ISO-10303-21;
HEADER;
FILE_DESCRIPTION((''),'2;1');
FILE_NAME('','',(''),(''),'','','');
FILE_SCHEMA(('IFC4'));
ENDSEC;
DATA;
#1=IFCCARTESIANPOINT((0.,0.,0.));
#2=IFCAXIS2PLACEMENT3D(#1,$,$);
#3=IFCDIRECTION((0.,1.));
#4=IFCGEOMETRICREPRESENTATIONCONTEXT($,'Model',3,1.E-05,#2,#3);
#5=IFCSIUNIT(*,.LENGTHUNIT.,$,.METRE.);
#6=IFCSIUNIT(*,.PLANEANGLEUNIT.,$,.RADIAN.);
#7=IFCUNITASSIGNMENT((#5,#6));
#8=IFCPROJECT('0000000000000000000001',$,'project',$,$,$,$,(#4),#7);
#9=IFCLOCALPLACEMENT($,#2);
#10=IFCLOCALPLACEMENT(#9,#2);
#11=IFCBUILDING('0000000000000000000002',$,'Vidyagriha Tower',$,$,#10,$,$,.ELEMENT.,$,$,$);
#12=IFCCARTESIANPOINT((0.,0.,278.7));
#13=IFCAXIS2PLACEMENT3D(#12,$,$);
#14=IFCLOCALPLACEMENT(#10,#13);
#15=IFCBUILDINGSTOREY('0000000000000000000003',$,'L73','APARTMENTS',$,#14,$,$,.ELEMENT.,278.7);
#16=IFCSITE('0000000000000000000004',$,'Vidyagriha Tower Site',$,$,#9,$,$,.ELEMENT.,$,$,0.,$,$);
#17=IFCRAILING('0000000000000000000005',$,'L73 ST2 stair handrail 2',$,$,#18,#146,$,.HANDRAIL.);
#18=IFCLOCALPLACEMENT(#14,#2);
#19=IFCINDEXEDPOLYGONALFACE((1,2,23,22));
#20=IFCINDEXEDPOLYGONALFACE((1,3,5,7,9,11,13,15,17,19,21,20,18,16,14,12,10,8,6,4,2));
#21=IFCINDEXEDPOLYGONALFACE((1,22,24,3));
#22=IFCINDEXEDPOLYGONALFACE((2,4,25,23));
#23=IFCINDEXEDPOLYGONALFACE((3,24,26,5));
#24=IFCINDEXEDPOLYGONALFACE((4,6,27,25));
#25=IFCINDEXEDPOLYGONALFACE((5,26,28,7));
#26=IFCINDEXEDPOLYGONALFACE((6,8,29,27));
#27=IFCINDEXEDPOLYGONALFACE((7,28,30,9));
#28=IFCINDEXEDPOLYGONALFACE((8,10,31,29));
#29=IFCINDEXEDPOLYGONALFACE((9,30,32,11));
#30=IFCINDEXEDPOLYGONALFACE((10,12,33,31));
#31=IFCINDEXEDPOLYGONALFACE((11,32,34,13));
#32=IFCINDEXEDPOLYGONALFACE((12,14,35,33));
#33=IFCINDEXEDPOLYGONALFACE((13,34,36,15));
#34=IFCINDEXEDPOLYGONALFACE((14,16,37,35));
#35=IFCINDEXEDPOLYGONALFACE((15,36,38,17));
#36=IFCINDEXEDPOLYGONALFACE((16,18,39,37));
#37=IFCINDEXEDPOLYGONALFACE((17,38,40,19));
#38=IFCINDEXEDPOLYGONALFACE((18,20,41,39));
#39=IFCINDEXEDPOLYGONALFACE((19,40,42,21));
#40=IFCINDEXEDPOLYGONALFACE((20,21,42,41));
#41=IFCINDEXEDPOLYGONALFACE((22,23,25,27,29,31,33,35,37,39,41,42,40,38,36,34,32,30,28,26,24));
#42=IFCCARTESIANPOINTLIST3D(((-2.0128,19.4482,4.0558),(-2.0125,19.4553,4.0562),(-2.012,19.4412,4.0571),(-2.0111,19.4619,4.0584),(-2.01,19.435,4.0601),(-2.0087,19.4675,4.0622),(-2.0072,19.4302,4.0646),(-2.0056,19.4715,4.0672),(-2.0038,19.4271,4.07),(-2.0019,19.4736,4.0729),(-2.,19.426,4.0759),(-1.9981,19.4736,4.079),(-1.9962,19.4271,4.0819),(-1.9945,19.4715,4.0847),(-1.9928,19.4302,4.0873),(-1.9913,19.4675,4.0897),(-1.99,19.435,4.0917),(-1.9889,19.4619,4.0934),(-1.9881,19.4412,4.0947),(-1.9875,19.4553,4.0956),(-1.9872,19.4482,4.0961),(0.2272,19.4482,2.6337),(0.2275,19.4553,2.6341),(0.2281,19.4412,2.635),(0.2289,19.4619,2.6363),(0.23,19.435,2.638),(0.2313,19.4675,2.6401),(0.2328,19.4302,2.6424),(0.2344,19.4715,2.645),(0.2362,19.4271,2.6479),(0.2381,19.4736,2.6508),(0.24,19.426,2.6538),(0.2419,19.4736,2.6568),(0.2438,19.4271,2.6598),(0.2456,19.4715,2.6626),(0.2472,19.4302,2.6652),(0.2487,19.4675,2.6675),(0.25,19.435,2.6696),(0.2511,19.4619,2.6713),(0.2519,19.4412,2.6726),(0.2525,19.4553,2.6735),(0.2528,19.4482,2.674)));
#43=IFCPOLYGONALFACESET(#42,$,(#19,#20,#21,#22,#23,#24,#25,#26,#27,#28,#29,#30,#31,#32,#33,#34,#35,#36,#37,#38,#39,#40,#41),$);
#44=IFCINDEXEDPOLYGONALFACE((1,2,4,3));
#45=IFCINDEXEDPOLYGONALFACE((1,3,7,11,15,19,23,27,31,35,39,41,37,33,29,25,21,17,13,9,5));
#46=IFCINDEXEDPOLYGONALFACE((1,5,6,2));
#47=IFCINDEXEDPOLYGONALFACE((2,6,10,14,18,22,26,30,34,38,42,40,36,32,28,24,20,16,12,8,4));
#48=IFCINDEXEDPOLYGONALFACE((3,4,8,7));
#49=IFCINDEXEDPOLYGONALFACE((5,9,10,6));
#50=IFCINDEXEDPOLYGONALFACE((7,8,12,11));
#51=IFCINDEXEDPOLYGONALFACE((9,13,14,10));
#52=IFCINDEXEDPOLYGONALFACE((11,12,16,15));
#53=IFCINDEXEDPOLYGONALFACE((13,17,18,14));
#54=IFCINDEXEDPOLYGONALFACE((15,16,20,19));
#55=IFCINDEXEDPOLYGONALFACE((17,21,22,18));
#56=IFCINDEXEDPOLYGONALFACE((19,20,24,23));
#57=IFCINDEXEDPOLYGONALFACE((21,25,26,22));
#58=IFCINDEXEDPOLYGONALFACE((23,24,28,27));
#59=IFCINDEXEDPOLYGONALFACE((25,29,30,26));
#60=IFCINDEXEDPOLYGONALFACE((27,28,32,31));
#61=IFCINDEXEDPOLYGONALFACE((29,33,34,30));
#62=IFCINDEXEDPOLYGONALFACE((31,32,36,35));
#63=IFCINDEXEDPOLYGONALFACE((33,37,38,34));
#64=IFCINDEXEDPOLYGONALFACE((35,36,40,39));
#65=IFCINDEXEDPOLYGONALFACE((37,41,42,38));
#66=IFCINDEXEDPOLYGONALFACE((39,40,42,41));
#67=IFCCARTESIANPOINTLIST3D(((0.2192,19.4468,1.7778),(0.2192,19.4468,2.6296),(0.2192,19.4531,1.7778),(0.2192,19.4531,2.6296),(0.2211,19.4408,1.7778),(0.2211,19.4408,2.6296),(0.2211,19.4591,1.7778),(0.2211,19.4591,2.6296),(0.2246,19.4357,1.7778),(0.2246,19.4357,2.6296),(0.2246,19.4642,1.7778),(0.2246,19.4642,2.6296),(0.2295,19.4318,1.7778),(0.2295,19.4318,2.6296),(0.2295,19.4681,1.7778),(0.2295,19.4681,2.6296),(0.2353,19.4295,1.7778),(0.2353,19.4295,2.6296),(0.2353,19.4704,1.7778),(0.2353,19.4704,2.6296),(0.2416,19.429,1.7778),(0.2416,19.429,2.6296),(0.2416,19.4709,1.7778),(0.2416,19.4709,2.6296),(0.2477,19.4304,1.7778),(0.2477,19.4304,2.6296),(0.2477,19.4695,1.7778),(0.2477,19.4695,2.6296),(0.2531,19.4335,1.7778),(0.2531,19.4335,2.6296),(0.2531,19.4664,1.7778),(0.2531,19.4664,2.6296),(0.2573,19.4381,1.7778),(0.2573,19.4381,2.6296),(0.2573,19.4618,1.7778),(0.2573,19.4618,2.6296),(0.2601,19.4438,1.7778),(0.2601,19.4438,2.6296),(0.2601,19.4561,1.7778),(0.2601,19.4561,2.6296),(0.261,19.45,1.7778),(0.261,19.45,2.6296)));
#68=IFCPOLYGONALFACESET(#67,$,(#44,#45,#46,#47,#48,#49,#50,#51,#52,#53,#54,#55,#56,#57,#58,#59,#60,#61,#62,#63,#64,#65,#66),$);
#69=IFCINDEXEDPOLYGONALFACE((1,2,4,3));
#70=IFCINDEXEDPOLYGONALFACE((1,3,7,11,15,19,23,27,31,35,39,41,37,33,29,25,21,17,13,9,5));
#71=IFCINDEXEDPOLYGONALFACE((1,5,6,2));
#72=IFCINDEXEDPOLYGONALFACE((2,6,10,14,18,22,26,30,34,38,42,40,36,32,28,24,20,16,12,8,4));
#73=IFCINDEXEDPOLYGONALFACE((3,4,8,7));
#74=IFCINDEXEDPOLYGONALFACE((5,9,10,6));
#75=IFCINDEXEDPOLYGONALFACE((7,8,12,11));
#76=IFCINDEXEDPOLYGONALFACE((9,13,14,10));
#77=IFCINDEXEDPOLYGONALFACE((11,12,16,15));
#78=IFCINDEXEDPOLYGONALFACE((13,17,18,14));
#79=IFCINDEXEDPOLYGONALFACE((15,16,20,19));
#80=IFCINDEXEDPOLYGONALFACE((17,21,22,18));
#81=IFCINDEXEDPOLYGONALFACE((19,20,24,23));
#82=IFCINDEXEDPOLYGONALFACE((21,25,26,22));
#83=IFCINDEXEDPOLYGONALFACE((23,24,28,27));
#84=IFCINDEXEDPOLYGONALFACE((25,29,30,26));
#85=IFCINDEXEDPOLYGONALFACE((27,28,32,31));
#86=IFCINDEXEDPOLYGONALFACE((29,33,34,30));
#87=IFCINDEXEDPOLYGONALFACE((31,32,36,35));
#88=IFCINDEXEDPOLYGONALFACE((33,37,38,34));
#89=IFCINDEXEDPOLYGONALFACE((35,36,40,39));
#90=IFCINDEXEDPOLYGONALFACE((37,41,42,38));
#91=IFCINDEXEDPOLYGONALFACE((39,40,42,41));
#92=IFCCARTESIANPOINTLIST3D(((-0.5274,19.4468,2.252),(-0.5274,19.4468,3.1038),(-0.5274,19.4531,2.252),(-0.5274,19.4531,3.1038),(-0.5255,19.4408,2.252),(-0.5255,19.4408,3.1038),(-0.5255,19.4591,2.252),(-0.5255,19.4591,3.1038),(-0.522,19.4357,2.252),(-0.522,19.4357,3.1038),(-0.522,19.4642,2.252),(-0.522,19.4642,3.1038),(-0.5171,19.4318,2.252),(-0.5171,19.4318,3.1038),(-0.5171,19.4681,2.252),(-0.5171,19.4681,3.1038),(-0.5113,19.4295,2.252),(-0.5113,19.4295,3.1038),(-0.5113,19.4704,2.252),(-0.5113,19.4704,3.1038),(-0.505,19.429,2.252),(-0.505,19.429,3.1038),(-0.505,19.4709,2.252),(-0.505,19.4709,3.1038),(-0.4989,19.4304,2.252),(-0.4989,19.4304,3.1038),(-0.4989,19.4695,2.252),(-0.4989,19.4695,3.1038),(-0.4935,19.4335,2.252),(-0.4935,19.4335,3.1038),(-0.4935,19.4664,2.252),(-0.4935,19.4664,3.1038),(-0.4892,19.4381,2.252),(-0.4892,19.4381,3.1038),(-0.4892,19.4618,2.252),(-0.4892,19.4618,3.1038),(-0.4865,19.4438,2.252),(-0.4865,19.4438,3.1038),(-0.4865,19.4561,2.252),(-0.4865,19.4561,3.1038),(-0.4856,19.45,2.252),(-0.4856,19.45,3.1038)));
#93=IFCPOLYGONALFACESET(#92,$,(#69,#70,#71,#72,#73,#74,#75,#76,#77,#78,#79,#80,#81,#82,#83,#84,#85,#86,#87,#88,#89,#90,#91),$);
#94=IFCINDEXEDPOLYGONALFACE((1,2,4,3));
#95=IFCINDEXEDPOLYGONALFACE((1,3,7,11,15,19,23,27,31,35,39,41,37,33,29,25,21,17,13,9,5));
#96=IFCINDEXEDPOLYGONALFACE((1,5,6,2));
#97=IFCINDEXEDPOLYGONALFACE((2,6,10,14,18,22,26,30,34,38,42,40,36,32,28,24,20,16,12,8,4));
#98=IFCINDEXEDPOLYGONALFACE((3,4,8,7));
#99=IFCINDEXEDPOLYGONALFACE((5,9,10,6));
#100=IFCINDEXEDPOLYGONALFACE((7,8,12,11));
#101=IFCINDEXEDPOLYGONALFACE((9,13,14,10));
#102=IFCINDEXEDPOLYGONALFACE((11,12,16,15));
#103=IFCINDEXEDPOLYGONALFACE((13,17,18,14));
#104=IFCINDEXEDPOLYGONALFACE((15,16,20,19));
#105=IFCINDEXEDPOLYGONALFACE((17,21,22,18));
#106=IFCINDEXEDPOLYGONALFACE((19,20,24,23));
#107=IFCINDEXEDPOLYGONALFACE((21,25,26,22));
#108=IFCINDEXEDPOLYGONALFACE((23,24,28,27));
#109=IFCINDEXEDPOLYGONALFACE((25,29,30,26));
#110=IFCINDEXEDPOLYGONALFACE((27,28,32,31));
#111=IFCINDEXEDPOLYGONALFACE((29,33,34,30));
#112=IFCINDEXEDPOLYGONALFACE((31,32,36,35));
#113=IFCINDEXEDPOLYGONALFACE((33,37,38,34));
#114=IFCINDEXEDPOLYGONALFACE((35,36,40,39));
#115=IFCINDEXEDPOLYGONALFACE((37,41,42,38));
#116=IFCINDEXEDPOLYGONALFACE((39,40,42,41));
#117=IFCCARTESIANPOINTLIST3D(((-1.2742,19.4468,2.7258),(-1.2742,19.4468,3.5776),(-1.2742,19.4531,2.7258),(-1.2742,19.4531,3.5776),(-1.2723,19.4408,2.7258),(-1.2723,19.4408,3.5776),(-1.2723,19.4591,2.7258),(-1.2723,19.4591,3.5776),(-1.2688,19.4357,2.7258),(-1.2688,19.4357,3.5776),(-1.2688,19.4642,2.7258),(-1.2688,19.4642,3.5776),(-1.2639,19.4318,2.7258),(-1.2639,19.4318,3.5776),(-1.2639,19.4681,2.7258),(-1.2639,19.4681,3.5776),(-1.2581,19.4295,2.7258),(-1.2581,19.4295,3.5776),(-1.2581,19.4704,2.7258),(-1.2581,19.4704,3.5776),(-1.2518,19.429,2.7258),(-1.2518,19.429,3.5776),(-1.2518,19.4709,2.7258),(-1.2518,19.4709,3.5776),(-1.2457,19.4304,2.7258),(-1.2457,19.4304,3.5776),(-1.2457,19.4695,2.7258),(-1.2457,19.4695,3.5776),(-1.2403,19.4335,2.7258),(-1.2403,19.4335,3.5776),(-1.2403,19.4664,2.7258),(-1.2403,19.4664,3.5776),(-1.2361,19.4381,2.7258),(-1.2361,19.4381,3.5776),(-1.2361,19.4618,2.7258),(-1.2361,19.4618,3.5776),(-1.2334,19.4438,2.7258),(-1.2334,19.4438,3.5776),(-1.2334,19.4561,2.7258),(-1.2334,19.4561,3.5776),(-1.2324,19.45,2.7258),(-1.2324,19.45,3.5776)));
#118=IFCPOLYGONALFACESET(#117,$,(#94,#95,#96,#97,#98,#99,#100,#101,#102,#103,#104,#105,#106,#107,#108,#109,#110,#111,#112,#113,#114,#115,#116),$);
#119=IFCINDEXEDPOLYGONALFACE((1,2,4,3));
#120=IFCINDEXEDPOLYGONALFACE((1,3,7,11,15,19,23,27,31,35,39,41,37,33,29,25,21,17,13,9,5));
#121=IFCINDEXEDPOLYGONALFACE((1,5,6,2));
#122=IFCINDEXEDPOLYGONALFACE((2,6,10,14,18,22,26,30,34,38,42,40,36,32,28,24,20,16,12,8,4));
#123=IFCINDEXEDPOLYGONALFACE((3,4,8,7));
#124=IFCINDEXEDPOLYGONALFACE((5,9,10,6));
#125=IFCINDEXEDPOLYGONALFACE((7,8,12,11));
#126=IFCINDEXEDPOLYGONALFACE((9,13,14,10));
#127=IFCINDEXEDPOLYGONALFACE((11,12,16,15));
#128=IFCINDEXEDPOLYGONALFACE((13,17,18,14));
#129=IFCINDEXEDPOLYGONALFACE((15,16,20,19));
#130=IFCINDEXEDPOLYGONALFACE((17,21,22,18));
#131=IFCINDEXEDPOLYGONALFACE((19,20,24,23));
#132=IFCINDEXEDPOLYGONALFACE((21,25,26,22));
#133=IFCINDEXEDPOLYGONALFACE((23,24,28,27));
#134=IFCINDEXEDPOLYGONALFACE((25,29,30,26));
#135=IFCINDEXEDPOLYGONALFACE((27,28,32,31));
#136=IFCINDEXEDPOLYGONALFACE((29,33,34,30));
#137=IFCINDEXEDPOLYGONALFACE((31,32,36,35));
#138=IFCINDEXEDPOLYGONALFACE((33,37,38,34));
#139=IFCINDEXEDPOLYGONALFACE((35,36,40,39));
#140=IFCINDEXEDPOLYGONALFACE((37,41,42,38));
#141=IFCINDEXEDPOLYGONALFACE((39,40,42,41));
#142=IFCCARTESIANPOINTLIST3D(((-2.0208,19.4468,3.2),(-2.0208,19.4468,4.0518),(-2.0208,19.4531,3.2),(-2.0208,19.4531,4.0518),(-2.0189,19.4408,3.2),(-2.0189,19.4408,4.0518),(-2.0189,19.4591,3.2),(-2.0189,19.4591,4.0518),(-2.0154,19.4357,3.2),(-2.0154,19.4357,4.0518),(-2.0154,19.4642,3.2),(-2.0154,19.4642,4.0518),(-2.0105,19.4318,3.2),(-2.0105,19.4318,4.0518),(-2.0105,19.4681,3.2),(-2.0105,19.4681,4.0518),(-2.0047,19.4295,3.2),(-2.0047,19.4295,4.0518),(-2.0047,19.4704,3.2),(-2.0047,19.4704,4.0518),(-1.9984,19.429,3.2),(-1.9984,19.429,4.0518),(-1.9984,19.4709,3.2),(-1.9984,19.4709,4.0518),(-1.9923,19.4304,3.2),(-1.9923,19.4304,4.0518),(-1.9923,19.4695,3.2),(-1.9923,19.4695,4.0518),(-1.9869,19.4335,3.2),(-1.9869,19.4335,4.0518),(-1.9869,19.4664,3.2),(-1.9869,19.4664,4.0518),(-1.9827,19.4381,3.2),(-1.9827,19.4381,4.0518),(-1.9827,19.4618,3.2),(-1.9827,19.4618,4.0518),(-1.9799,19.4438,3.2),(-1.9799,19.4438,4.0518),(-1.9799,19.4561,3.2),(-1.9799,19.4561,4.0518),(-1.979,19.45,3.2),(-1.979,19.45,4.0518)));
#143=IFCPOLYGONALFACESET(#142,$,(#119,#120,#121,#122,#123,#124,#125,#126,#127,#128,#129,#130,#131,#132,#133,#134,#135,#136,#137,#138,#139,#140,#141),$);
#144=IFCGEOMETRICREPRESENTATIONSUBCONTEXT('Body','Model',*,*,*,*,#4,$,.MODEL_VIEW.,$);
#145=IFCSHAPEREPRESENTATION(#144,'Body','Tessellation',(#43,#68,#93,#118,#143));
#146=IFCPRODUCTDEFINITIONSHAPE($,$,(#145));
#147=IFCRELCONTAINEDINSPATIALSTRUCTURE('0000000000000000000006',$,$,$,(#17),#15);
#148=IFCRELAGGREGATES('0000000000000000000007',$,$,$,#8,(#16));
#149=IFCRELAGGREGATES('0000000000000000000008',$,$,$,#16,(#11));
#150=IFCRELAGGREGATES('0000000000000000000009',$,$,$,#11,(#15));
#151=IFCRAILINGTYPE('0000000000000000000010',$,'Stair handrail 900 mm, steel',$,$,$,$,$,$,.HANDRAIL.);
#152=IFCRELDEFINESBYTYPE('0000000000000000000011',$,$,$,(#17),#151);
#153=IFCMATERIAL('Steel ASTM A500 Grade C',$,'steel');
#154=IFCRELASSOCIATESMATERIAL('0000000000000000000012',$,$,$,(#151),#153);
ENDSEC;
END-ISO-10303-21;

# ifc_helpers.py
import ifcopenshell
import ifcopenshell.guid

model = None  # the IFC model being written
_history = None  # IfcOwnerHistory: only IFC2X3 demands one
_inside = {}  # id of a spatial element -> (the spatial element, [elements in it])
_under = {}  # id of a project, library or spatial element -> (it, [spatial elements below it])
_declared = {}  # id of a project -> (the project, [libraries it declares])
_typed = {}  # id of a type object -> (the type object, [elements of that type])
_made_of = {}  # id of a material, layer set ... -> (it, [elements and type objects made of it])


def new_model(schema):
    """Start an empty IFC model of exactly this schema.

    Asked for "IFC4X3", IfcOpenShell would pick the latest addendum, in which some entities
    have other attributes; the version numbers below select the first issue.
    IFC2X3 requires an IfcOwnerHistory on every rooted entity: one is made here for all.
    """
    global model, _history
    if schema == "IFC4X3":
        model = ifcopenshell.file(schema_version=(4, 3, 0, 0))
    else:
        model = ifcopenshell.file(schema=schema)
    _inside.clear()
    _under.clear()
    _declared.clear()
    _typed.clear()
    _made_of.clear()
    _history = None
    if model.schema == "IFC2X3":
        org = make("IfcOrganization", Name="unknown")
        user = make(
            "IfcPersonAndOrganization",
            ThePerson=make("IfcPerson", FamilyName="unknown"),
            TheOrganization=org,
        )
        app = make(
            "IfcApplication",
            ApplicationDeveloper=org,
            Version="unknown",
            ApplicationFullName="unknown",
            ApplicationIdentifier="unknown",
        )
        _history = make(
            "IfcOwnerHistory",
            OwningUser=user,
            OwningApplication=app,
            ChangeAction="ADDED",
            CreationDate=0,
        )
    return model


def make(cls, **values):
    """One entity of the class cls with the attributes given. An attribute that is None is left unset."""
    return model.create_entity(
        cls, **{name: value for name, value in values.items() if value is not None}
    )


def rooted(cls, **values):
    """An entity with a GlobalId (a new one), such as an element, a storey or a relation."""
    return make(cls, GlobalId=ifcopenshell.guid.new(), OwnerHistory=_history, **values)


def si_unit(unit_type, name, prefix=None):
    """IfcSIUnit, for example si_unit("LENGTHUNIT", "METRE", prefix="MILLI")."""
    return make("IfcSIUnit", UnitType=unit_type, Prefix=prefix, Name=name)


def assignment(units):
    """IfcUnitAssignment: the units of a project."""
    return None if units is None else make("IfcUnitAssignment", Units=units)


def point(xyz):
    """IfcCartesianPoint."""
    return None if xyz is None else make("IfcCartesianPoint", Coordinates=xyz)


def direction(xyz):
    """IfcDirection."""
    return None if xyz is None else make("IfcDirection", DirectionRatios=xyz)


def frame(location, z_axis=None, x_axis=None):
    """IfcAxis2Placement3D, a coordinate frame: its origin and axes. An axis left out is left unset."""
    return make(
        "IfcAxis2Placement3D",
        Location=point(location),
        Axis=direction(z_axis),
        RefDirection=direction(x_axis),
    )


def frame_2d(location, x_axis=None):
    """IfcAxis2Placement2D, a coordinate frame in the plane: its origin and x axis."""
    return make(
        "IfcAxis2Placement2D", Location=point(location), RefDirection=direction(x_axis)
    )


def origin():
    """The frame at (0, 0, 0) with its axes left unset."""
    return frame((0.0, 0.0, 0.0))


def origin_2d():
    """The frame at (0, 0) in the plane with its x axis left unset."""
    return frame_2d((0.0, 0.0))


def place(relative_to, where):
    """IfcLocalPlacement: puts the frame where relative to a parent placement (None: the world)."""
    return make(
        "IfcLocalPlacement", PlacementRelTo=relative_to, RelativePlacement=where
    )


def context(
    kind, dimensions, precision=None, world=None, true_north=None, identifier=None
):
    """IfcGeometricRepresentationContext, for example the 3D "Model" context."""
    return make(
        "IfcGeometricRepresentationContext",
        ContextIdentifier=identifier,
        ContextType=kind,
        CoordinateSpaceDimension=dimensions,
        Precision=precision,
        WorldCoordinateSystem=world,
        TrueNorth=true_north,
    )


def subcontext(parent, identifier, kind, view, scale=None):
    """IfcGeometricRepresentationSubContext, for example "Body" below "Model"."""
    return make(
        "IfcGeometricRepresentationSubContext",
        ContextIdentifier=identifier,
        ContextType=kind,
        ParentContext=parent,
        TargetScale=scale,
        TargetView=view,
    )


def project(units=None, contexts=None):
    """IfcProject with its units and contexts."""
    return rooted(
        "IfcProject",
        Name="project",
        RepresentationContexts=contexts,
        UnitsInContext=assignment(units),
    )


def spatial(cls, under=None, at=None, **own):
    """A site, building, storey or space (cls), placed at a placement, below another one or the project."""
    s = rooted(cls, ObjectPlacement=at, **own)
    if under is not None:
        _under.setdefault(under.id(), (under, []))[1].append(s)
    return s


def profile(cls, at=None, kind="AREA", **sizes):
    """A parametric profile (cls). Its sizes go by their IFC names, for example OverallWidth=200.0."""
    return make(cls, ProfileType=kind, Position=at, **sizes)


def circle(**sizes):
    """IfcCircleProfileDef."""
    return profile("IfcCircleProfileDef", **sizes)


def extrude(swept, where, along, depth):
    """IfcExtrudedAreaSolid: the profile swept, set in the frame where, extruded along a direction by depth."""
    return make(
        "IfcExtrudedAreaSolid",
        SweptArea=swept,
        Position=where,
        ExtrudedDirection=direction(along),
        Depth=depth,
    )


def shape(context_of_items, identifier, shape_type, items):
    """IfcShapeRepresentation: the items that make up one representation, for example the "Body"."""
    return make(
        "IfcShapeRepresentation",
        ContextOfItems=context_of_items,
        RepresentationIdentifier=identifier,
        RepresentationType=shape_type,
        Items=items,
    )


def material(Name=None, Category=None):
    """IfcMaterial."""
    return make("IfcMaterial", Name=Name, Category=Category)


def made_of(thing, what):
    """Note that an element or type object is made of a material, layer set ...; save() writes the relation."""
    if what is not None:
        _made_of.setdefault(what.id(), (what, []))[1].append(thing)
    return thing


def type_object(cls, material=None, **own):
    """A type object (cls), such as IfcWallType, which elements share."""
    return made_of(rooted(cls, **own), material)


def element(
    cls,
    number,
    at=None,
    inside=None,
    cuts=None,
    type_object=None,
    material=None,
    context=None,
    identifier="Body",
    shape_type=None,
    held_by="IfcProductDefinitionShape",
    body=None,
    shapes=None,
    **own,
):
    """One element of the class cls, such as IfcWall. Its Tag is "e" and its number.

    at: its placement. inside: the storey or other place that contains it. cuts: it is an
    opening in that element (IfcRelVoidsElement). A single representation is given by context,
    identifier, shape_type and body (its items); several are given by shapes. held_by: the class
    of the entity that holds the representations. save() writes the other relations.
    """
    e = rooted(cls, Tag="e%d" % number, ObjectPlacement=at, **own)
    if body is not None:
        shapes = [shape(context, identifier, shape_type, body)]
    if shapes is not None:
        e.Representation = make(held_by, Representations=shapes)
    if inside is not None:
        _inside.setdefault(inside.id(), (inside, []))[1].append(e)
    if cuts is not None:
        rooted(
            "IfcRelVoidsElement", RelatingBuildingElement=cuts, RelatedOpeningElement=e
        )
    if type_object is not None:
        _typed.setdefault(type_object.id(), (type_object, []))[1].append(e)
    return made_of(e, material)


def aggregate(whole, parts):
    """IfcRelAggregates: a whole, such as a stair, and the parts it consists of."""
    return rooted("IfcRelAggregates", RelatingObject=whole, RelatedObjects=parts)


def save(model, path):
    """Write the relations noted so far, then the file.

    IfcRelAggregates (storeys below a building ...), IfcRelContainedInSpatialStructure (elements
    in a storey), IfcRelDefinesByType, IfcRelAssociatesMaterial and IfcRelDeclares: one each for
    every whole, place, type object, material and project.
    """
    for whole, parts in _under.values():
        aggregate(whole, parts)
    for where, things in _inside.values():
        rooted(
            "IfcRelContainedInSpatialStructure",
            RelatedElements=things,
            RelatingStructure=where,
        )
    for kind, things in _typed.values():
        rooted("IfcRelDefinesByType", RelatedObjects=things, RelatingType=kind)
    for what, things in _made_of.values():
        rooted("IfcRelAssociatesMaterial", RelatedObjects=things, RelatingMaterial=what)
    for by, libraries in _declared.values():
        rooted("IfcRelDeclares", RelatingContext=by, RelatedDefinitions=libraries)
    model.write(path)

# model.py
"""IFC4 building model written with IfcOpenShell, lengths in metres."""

from ifc_helpers import new_model, si_unit, direction, frame, origin, origin_2d, place, context, subcontext, project, spatial, circle, extrude, material, type_object, element, save


model = new_model("IFC4")

# Units and contexts
model_context = context("Model", 3, precision=1e-05, world=origin(), true_north=direction((0.0, 1.0)))
body_context = subcontext(model_context, "Body", "Model", "MODEL_VIEW")
ifc_project = project(units=[si_unit("LENGTHUNIT", "METRE"), si_unit("PLANEANGLEUNIT", "RADIAN")], contexts=[model_context])

# Site, building, storey
site_placement = place(None, origin())
site = spatial("IfcSite", under=ifc_project, at=site_placement, Name="Vidyagriha Tower Site", CompositionType="ELEMENT", RefElevation=0.0)
building_placement = place(site_placement, origin())
building = spatial("IfcBuilding", under=site, at=building_placement, Name="Vidyagriha Tower", CompositionType="ELEMENT")
storey_placement = place(building_placement, frame((0.0, 0.0, 278.7)))
storey = spatial("IfcBuildingStorey", under=building, at=storey_placement, Name="L73", Description="APARTMENTS", CompositionType="ELEMENT", Elevation=278.7)

# Railing
ifc_material_1 = material(Name="Steel ASTM A500 Grade C", Category="steel")
railing_type_1 = type_object("IfcRailingType", Name="Stair handrail 900 mm, steel", PredefinedType="HANDRAIL", material=ifc_material_1)
for number, where, name in (
    (1, (0.24, 19.45, 1.7778), "L73 ST2 stair handrail 2"),
):
    element("IfcRailing", number, at=place(storey_placement, frame(where)), inside=storey, type_object=railing_type_1, Name=name, PredefinedType="HANDRAIL", context=body_context, shape_type="SweptSolid", body=[
        extrude(circle(Radius=0.0239, at=origin_2d()), frame((0.0, 0.0, 0.876), z_axis=(-0.844229, 0.0, 0.535982), x_axis=(0.0, -1.0, 0.0)), (0.0, 0.0, 1.0), 2.6533),
        extrude(circle(Radius=0.021, at=origin_2d()), origin(), (0.0, 0.0, 1.0), 0.8518),
        extrude(circle(Radius=0.021, at=origin_2d()), frame((-0.7466, 0.0, 0.4741)), (0.0, 0.0, 1.0), 0.8518),
        extrude(circle(Radius=0.021, at=origin_2d()), frame((-1.4934, 0.0, 0.948)), (0.0, 0.0, 1.0), 0.8518),
        extrude(circle(Radius=0.021, at=origin_2d()), frame((-2.24, 0.0, 1.4221)), (0.0, 0.0, 1.0), 0.8518),
    ])

save(model, "model.ifc")
